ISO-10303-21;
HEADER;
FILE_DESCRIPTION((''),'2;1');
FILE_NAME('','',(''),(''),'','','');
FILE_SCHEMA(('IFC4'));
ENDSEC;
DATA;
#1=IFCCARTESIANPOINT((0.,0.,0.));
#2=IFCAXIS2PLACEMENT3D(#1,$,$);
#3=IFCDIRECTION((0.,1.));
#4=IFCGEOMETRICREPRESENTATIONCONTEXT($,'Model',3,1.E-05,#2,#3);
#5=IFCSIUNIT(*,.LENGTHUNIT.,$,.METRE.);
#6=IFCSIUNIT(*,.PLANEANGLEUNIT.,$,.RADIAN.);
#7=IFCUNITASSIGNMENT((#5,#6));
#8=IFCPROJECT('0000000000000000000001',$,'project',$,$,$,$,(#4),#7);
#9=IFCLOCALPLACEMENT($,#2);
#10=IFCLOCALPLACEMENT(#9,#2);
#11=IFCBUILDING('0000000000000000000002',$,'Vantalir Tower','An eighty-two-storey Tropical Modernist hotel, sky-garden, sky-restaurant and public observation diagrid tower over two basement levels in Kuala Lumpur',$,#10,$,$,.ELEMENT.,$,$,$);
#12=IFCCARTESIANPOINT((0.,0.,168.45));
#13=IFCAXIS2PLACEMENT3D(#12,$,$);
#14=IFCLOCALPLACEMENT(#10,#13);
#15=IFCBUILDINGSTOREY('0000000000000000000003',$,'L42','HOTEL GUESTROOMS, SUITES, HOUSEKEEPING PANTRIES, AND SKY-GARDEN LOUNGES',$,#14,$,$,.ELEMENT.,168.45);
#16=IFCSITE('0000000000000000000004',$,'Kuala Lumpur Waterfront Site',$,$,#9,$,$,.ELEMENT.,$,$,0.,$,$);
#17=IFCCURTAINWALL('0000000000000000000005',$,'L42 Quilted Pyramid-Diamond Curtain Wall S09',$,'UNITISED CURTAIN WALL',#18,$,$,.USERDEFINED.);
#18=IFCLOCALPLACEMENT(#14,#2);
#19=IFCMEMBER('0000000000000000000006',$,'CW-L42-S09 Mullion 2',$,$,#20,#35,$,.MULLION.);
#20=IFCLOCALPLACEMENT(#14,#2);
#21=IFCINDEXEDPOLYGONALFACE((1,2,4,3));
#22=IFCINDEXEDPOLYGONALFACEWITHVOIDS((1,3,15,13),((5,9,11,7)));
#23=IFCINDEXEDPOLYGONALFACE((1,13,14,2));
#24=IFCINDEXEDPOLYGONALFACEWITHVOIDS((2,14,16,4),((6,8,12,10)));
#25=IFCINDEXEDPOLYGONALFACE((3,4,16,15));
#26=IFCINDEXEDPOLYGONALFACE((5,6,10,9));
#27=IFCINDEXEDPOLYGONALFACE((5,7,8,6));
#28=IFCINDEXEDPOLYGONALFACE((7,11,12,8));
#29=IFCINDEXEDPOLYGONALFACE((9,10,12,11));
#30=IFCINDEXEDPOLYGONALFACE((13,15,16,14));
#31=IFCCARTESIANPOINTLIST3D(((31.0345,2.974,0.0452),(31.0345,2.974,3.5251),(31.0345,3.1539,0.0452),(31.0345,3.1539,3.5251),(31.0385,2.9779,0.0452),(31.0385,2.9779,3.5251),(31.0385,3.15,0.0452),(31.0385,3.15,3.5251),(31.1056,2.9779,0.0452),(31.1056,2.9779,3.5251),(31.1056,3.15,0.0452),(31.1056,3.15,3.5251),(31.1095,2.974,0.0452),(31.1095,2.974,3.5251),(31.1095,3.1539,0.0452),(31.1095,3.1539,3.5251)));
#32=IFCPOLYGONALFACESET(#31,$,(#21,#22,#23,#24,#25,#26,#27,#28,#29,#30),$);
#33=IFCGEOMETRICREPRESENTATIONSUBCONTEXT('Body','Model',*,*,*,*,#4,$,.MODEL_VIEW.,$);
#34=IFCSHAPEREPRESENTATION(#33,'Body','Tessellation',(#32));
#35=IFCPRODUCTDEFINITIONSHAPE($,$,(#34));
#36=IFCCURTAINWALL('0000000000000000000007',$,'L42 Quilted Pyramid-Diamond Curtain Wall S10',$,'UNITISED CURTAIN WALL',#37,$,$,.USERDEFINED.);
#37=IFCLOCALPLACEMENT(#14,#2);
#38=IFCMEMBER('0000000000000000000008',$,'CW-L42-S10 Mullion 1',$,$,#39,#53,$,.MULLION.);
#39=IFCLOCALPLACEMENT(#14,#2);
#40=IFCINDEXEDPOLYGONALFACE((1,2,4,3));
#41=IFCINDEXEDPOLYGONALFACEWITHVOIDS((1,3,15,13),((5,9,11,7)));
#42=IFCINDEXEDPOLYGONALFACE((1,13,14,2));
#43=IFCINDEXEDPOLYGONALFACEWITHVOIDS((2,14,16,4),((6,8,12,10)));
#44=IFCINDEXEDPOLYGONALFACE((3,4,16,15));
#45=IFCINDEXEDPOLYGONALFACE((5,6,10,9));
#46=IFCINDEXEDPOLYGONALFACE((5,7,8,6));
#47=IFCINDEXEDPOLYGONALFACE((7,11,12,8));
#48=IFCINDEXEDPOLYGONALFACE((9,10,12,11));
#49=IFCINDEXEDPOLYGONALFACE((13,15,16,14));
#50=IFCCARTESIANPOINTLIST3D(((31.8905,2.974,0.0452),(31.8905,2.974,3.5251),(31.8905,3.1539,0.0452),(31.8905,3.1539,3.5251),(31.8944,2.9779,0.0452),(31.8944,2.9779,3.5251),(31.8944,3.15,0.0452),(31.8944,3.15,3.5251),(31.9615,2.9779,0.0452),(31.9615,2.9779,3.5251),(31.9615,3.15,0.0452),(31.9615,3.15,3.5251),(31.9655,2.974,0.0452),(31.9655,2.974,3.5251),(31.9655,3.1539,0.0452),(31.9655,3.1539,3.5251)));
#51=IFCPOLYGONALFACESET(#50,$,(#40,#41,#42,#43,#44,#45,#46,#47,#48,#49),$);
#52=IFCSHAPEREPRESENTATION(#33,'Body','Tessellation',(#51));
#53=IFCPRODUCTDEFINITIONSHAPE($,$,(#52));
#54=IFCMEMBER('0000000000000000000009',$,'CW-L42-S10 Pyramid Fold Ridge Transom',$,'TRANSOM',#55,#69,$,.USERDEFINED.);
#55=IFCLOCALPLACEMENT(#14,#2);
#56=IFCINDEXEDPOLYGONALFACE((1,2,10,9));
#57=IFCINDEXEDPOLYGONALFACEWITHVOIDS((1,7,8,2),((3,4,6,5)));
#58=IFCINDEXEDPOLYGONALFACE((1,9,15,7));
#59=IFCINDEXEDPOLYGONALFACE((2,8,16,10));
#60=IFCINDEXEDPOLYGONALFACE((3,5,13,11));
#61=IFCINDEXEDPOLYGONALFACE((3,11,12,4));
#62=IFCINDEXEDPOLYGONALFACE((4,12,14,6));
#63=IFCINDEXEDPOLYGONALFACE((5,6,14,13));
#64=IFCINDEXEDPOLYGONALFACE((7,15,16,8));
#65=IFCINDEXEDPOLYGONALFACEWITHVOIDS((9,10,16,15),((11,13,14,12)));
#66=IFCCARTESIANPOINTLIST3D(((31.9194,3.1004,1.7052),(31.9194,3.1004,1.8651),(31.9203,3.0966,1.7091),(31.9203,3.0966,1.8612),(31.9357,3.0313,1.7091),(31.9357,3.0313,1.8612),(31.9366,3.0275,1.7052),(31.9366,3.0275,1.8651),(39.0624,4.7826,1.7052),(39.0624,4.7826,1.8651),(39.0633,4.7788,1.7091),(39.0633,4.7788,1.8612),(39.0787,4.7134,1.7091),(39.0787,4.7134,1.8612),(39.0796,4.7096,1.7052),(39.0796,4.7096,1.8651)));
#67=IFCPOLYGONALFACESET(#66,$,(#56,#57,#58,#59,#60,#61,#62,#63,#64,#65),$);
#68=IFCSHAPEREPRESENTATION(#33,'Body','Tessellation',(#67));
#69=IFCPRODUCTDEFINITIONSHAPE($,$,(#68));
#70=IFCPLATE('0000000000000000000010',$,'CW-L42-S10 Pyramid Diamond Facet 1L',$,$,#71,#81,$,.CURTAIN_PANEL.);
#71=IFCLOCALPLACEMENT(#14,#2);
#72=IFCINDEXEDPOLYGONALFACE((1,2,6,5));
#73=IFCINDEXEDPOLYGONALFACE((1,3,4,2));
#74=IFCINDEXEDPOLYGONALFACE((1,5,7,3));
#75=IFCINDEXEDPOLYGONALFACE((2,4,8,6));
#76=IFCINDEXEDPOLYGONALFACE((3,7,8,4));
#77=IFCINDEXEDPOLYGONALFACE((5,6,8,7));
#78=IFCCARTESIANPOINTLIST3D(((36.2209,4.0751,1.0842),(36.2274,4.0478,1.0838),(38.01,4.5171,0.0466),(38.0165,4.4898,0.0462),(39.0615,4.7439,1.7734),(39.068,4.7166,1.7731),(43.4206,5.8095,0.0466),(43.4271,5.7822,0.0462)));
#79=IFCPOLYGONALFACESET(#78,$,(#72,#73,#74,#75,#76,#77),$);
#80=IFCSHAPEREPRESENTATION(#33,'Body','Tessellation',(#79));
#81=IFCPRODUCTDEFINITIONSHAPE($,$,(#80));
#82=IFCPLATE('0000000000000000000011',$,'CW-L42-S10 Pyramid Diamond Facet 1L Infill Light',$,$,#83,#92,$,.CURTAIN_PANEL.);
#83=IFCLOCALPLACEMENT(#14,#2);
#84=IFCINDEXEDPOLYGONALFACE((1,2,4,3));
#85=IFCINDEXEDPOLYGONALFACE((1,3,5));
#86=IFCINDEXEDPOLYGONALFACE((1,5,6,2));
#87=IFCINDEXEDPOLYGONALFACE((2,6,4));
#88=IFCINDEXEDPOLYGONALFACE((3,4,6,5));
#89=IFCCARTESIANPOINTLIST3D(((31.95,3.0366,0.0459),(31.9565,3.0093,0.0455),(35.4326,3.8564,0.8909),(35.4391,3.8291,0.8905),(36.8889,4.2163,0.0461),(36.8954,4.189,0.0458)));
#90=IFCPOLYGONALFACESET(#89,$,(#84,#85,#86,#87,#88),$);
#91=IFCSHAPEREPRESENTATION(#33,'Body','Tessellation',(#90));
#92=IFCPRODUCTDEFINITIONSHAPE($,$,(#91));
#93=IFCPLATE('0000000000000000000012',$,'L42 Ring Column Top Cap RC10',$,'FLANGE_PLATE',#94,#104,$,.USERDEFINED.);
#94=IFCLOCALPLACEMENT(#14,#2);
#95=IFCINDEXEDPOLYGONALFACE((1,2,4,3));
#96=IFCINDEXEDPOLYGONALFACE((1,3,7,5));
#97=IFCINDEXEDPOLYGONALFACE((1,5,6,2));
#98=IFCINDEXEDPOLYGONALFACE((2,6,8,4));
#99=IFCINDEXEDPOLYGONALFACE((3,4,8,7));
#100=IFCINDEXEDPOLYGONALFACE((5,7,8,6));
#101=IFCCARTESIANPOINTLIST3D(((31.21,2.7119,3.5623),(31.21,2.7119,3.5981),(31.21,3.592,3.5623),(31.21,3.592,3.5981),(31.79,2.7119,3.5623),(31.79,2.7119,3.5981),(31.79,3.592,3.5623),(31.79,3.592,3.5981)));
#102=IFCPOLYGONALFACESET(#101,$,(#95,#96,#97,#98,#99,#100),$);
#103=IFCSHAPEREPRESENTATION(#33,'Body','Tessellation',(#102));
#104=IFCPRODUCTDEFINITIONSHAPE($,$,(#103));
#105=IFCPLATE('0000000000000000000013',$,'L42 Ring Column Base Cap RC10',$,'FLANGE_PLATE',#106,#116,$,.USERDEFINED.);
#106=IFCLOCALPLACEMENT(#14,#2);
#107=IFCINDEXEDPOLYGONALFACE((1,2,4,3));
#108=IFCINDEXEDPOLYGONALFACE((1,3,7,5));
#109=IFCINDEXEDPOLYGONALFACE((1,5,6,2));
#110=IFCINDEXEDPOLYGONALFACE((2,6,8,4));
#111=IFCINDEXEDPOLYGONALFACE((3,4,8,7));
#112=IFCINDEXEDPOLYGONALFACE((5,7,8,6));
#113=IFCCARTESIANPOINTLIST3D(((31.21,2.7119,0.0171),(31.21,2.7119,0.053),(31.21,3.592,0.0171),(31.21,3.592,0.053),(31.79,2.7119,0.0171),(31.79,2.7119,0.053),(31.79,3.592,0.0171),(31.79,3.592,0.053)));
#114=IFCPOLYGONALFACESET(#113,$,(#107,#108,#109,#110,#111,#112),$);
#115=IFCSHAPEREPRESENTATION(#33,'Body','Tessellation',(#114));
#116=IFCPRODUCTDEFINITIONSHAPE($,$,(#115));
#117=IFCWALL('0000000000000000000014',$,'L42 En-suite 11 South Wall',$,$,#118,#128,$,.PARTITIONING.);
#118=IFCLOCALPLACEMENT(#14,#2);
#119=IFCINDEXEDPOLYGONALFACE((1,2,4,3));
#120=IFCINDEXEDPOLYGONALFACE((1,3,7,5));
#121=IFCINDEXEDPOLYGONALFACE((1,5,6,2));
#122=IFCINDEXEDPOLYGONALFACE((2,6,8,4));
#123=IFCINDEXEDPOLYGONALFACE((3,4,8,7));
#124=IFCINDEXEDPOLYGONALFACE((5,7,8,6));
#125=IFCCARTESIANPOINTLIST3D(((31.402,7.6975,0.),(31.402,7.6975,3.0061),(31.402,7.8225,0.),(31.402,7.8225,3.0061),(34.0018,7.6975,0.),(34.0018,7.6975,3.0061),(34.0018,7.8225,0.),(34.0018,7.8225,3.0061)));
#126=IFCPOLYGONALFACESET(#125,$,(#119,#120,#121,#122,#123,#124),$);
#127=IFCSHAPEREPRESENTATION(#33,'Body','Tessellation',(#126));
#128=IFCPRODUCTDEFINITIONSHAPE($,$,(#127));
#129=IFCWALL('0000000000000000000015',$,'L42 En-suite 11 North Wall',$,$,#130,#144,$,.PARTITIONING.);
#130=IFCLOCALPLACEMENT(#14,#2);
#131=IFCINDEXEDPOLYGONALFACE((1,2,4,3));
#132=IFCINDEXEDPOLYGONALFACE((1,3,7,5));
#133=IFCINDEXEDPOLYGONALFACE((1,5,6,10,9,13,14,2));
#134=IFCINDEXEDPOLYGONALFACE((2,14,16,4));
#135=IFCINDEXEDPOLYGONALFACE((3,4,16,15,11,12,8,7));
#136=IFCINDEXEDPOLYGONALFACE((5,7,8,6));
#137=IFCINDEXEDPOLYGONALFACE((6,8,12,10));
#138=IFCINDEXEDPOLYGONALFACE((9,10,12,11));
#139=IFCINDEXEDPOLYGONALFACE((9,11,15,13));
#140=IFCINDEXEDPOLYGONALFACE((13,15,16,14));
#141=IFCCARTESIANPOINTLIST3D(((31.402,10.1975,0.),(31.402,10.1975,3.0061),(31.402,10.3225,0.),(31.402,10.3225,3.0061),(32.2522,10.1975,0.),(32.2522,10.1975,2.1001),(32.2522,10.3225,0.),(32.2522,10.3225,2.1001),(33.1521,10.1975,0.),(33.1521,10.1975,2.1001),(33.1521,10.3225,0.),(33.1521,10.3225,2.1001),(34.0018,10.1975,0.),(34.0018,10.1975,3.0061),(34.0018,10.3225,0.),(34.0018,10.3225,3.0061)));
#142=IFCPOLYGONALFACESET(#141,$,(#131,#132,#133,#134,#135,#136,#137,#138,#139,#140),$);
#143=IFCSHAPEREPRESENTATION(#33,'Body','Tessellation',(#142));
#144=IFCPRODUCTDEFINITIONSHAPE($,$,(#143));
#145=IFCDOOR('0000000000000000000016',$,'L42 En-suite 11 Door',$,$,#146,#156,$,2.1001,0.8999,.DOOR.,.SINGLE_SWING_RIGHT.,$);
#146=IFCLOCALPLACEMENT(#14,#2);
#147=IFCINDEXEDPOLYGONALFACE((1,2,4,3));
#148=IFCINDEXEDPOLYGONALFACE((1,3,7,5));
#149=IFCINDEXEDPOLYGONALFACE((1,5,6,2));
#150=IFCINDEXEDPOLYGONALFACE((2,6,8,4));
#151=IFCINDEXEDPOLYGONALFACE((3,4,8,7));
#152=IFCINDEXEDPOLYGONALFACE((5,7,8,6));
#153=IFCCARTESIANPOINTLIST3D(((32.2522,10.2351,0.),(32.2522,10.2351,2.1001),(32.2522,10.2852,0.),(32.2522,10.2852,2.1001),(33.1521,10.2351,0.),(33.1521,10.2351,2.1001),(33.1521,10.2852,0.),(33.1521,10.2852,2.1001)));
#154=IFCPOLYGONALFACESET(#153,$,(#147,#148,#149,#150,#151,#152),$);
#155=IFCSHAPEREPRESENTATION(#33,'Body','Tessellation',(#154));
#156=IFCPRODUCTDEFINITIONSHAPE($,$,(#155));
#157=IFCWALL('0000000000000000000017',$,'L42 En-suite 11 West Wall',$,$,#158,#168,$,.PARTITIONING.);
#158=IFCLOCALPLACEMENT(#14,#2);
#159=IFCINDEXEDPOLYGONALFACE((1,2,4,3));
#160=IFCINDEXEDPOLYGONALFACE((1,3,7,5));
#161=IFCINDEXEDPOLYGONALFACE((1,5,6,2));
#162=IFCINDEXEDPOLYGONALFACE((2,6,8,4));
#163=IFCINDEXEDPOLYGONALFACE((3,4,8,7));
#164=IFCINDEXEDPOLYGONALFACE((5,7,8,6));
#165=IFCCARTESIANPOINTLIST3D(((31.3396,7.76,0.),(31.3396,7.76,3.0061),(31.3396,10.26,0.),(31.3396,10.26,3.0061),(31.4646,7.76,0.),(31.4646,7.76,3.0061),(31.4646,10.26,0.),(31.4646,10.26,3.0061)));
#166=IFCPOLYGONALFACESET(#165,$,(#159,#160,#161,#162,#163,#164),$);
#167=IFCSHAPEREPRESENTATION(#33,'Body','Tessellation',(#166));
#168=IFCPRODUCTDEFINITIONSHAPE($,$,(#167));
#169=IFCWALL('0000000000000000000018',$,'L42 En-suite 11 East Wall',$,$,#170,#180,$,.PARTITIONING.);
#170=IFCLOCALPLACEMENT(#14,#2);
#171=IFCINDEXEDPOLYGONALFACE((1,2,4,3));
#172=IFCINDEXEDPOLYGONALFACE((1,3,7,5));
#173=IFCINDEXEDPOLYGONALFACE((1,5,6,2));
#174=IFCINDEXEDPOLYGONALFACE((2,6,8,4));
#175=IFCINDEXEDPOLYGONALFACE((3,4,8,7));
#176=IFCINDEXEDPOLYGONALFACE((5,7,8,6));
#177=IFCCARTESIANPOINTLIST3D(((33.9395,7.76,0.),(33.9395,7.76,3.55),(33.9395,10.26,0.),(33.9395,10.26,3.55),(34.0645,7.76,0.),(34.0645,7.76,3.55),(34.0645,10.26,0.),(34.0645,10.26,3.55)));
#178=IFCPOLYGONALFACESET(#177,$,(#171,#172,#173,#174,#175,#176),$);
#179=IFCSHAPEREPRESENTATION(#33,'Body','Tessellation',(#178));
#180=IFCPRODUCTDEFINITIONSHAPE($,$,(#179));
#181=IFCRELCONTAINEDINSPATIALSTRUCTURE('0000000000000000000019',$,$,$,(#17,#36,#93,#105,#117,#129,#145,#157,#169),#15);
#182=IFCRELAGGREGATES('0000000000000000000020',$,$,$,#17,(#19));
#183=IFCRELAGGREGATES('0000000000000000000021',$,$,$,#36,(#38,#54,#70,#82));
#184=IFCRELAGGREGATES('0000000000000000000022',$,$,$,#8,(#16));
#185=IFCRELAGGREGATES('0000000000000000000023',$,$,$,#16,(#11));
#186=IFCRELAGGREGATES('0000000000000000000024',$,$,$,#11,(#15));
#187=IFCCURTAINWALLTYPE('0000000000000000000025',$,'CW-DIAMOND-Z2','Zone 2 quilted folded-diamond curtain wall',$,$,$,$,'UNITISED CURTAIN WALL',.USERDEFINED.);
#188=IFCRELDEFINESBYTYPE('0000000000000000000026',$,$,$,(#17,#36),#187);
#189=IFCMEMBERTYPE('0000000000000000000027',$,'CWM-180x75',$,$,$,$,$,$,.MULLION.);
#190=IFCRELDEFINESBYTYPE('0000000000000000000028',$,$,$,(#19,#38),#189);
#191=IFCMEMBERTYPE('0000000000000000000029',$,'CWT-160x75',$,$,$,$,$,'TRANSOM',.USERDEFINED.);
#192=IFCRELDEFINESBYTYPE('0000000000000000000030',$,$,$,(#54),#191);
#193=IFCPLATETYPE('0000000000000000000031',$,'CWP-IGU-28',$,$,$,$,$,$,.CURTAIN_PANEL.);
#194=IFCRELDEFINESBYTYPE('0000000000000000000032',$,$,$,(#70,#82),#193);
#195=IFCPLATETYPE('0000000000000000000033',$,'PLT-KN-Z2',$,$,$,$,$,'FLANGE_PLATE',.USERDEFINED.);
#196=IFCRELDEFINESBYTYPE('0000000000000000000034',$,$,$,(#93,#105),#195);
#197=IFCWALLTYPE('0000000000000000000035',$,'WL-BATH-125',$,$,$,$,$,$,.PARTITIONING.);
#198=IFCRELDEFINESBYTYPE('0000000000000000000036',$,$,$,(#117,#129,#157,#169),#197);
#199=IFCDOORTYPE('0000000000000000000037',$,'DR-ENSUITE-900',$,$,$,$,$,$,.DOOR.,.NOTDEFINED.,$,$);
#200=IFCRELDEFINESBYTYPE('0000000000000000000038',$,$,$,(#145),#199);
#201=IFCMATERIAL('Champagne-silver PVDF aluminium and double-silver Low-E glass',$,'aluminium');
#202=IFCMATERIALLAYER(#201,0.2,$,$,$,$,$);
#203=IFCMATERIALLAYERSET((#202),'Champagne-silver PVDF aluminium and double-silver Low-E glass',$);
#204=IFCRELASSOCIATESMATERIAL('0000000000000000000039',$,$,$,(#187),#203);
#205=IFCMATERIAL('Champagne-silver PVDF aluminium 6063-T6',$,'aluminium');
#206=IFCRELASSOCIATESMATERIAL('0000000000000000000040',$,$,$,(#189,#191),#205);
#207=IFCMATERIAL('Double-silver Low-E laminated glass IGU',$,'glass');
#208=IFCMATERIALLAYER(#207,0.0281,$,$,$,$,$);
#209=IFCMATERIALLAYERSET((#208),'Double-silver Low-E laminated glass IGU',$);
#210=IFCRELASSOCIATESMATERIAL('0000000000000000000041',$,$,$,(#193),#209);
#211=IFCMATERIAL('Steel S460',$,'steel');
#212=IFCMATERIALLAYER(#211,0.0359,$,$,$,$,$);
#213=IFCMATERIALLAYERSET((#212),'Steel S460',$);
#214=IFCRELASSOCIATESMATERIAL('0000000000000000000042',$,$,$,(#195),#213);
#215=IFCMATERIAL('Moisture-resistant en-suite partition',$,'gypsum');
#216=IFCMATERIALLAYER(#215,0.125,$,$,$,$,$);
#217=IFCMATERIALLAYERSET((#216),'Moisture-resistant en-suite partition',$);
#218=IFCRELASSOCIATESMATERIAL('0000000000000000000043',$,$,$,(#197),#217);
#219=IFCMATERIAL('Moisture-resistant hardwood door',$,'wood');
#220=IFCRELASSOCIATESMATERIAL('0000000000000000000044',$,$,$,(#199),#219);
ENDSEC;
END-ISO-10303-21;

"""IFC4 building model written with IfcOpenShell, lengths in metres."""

from ifc_helpers import new_model, si_unit, direction, frame, frame_2d, origin, origin_2d, place, context, subcontext, project, spatial, polyline, rectangle, hollow_rectangle, outline, extrude, material, layer, layer_set, material_profile, profile_set, type_object, element, fill, aggregate, save


model = new_model("IFC4")

# Units and contexts
model_context = context("Model", 3, precision=1e-05, world=origin(), true_north=direction((0.0, 1.0)))
body_context = subcontext(model_context, "Body", "Model", "MODEL_VIEW")
ifc_project = project(units=[si_unit("LENGTHUNIT", "METRE"), si_unit("PLANEANGLEUNIT", "RADIAN")], contexts=[model_context])

# Site, building, storey
site_placement = place(None, origin())
site = spatial("IfcSite", under=ifc_project, at=site_placement, Name="Kuala Lumpur Waterfront Site", CompositionType="ELEMENT", RefElevation=0.0)
building_placement = place(site_placement, origin())
building = spatial("IfcBuilding", under=site, at=building_placement, Name="Vantalir Tower", Description="An eighty-two-storey Tropical Modernist hotel, sky-garden, sky-restaurant and public observation diagrid tower over two basement levels in Kuala Lumpur", CompositionType="ELEMENT")
storey_placement = place(building_placement, frame((0.0, 0.0, 168.45)))
storey = spatial("IfcBuildingStorey", under=building, at=storey_placement, Name="L42", Description="HOTEL GUESTROOMS, SUITES, HOUSEKEEPING PANTRIES, AND SKY-GARDEN LOUNGES", CompositionType="ELEMENT", Elevation=168.45)

# Shared definitions
ifc_material_1 = material(Name="Steel S460", Category="steel")

# Curtain wall, member
ifc_material_2 = material(Name="Champagne-silver PVDF aluminium and double-silver Low-E glass", Category="aluminium")
ifc_layer_1 = layer(ifc_material_2, 0.2)
ifc_layer_set_1 = layer_set([ifc_layer_1], Name="Champagne-silver PVDF aluminium and double-silver Low-E glass")
curtain_wall_type = type_object("IfcCurtainWallType", Name="CW-DIAMOND-Z2", Description="Zone 2 quilted folded-diamond curtain wall", ElementType="UNITISED CURTAIN WALL", PredefinedType="USERDEFINED", material=ifc_layer_set_1)
curtain_wall_1_placement = place(storey_placement, origin())
curtain_wall_1 = element("IfcCurtainWall", 1, at=curtain_wall_1_placement, inside=storey, type_object=curtain_wall_type, Name="L42 Quilted Pyramid-Diamond Curtain Wall S09", ObjectType="UNITISED CURTAIN WALL", PredefinedType="USERDEFINED")
ifc_material_3 = material(Name="Champagne-silver PVDF aluminium 6063-T6", Category="aluminium")
ifc_material_profile_1 = material_profile(ifc_material_3, hollow_rectangle(XDim=0.075, YDim=0.1799, WallThickness=0.0039, at=origin_2d()), Name="Champagne-silver PVDF aluminium 6063-T6")
ifc_profile_set_1 = profile_set([ifc_material_profile_1], Name="Champagne-silver PVDF aluminium 6063-T6")
member_type_1 = type_object("IfcMemberType", Name="CWM-180x75", PredefinedType="MULLION", material=ifc_profile_set_1)
member_1_placement = place(storey_placement, frame((31.072, 3.064, 0.0452), z_axis=(0.0, 0.0, 1.0), x_axis=(1.0, 0.0, 0.0)))
member_1 = element("IfcMember", 2, at=member_1_placement, type_object=member_type_1, Name="CW-L42-S09 Mullion 2", PredefinedType="MULLION", context=body_context, shape_type="SweptSolid", body=[
    extrude(hollow_rectangle(XDim=0.075, YDim=0.1799, WallThickness=0.0039, at=origin_2d()), origin(), (0.0, 0.0, 1.0), 3.48),
])
aggregate(curtain_wall_1, [member_1])

# Curtain wall, members, plates
curtain_wall_2_placement = place(storey_placement, origin())
curtain_wall_2 = element("IfcCurtainWall", 3, at=curtain_wall_2_placement, inside=storey, type_object=curtain_wall_type, Name="L42 Quilted Pyramid-Diamond Curtain Wall S10", ObjectType="UNITISED CURTAIN WALL", PredefinedType="USERDEFINED")
member_2_placement = place(storey_placement, frame((31.928, 3.064, 0.0452), z_axis=(0.0, 0.0, 1.0), x_axis=(1.0, 0.0, 0.0)))
member_2 = element("IfcMember", 4, at=member_2_placement, type_object=member_type_1, Name="CW-L42-S10 Mullion 1", PredefinedType="MULLION", context=body_context, shape_type="SweptSolid", body=[
    extrude(hollow_rectangle(XDim=0.075, YDim=0.1799, WallThickness=0.0039, at=origin_2d()), origin(), (0.0, 0.0, 1.0), 3.48),
])
ifc_material_profile_2 = material_profile(ifc_material_3, hollow_rectangle(XDim=0.075, YDim=0.1599, WallThickness=0.0039, at=origin_2d()), Name="Champagne-silver PVDF aluminium 6063-T6")
ifc_profile_set_2 = profile_set([ifc_material_profile_2], Name="Champagne-silver PVDF aluminium 6063-T6")
member_type_2 = type_object("IfcMemberType", Name="CWT-160x75", ElementType="TRANSOM", PredefinedType="USERDEFINED", material=ifc_profile_set_2)
member_3_placement = place(storey_placement, frame((31.928, 3.064, 1.7852), z_axis=(0.973374, 0.229221, 0.0), x_axis=(-0.229221, 0.973374, 0.0)))
member_3 = element("IfcMember", 5, at=member_3_placement, type_object=member_type_2, Name="CW-L42-S10 Pyramid Fold Ridge Transom", ObjectType="TRANSOM", PredefinedType="USERDEFINED", context=body_context, shape_type="SweptSolid", body=[
    extrude(hollow_rectangle(XDim=0.075, YDim=0.1599, WallThickness=0.0039, at=origin_2d()), origin(), (0.0, 0.0, 1.0), 7.3384),
])
ifc_material_4 = material(Name="Double-silver Low-E laminated glass IGU", Category="glass")
ifc_layer_2 = layer(ifc_material_4, 0.0281)
ifc_layer_set_2 = layer_set([ifc_layer_2], Name="Double-silver Low-E laminated glass IGU")
plate_type_1 = type_object("IfcPlateType", Name="CWP-IGU-28", PredefinedType="CURTAIN_PANEL", material=ifc_layer_set_2)
plate_1_placement = place(storey_placement, frame((38.01, 4.5171, 0.0466), z_axis=(-0.232305, 0.972546, 0.01372), x_axis=(0.972638, 0.232326, 0.0)))
plate_1 = element("IfcPlate", 6, at=plate_1_placement, type_object=plate_type_1, Name="CW-L42-S10 Pyramid Diamond Facet 1L", PredefinedType="CURTAIN_PANEL", context=body_context, shape_type="SweptSolid", body=[
    extrude(outline(polyline([(0.0, 0.0), (5.5628, 0.0), (1.0754, -1.727), (-1.8428, -1.0377), (0.0, 0.0)])), origin(), (0.0, 0.0, -1.0), 0.0281),
])
plate_2_placement = place(storey_placement, frame((31.95, 3.0366, 0.0459), z_axis=(-0.232297, 0.972547, 0.01384), x_axis=(0.97264, 0.232318, 0.000048)))
plate_2 = element("IfcPlate", 7, at=plate_2_placement, type_object=plate_type_1, Name="CW-L42-S10 Pyramid Diamond Facet 1L Infill Light", PredefinedType="CURTAIN_PANEL", context=body_context, shape_type="SweptSolid", body=[
    extrude(outline(polyline([(0.0, 0.0), (5.0779, 0.0), (3.5779, -0.8449), (0.0, 0.0)])), origin(), (0.0, 0.0, -1.0), 0.0281),
])
aggregate(curtain_wall_2, [member_2, member_3, plate_1, plate_2])

# Plates
ifc_layer_3 = layer(ifc_material_1, 0.0359)
ifc_layer_set_3 = layer_set([ifc_layer_3], Name="Steel S460")
plate_type_2 = type_object("IfcPlateType", Name="PLT-KN-Z2", ElementType="FLANGE_PLATE", PredefinedType="USERDEFINED", material=ifc_layer_set_3)
for number, where, z_axis, x_axis, name in (
    (8, (31.21, 3.592, 3.5981), (0.0, 0.0, 1.0), (0.0, -1.0, 0.0), "L42 Ring Column Top Cap RC10"),
    (9, (31.21, 3.592, 0.053), (0.0, 0.0, 1.0), (0.0, -1.0, 0.0), "L42 Ring Column Base Cap RC10"),
):
    element("IfcPlate", number, at=place(storey_placement, frame(where, z_axis=z_axis, x_axis=x_axis)), inside=storey, type_object=plate_type_2, Name=name, ObjectType="FLANGE_PLATE", PredefinedType="USERDEFINED", context=body_context, shape_type="SweptSolid", body=[
        extrude(outline(polyline([(0.0, 0.0), (0.8801, 0.0), (0.8801, 0.5801), (0.0, 0.5801), (0.0, 0.0)])), origin(), (0.0, 0.0, -1.0), 0.0359),
    ])

# Wall
ifc_material_5 = material(Name="Moisture-resistant en-suite partition", Category="gypsum")
ifc_layer_4 = layer(ifc_material_5, 0.125)
ifc_layer_set_4 = layer_set([ifc_layer_4], Name="Moisture-resistant en-suite partition")
wall_type_1 = type_object("IfcWallType", Name="WL-BATH-125", PredefinedType="PARTITIONING", material=ifc_layer_set_4)
wall_1_placement = place(storey_placement, frame((31.4021, 7.76, 0.0), z_axis=(0.0, 0.0, 1.0), x_axis=(1.0, 0.0, 0.0)))
element("IfcWall", 10, at=wall_1_placement, inside=storey, type_object=wall_type_1, Name="L42 En-suite 11 South Wall", PredefinedType="PARTITIONING", context=body_context, shape_type="SweptSolid", body=[
    extrude(rectangle(XDim=2.5999, YDim=0.125, at=frame_2d((1.2998, 0.0))), origin(), (0.0, 0.0, 1.0), 3.0061),
])

# Wall, opening, door
wall_2_placement = place(storey_placement, frame((31.4021, 10.26, 0.0), z_axis=(0.0, 0.0, 1.0), x_axis=(1.0, 0.0, 0.0)))
wall_2 = element("IfcWall", 11, at=wall_2_placement, inside=storey, type_object=wall_type_1, Name="L42 En-suite 11 North Wall", PredefinedType="PARTITIONING", context=body_context, shape_type="SweptSolid", body=[
    extrude(rectangle(XDim=2.5999, YDim=0.125, at=frame_2d((1.2998, 0.0))), origin(), (0.0, 0.0, 1.0), 3.0061),
])
opening_1_placement = place(wall_2_placement, frame((0.8501, 0.0, 0.0)))
opening_1 = element("IfcOpeningElement", 12, at=opening_1_placement, cuts=wall_2, PredefinedType="OPENING", context=body_context, shape_type="SweptSolid", body=[
    extrude(rectangle(XDim=0.8999, YDim=2.1001, at=frame_2d((0.45, 1.05))), frame((0.0, 0.0725, 0.0), z_axis=(0.0, -1.0, 0.0), x_axis=(1.0, 0.0, 0.0)), (0.0, 0.0, 1.0), 0.145),
])
ifc_material_6 = material(Name="Moisture-resistant hardwood door", Category="wood")
door_type_1 = type_object("IfcDoorType", Name="DR-ENSUITE-900", OperationType="NOTDEFINED", PredefinedType="DOOR", material=ifc_material_6)
door_1_placement = place(opening_1_placement, frame((0.8999, 0.0, 0.0), z_axis=(0.0, 0.0, 1.0), x_axis=(-1.0, 0.0, 0.0)))
door_1 = element("IfcDoor", 13, at=door_1_placement, inside=storey, type_object=door_type_1, Name="L42 En-suite 11 Door", OperationType="SINGLE_SWING_RIGHT", OverallHeight=2.1001, OverallWidth=0.8999, PredefinedType="DOOR", context=body_context, shape_type="SweptSolid", body=[
    extrude(rectangle(XDim=0.8999, YDim=2.1001, at=frame_2d((0.45, 1.05))), frame((0.0, 0.0249, 0.0), z_axis=(0.0, -1.0, 0.0), x_axis=(1.0, 0.0, 0.0)), (0.0, 0.0, 1.0), 0.05),
])
fill(opening_1, door_1)

# Walls
wall_3_placement = place(storey_placement, frame((31.4021, 7.76, 0.0), z_axis=(0.0, 0.0, 1.0), x_axis=(0.0, 1.0, 0.0)))
element("IfcWall", 14, at=wall_3_placement, inside=storey, type_object=wall_type_1, Name="L42 En-suite 11 West Wall", PredefinedType="PARTITIONING", context=body_context, shape_type="SweptSolid", body=[
    extrude(rectangle(XDim=2.5, YDim=0.125, at=frame_2d((1.25, 0.0))), origin(), (0.0, 0.0, 1.0), 3.0061),
])
wall_4_placement = place(storey_placement, frame((34.002, 7.76, 0.0), z_axis=(0.0, 0.0, 1.0), x_axis=(0.0, 1.0, 0.0)))
element("IfcWall", 15, at=wall_4_placement, inside=storey, type_object=wall_type_1, Name="L42 En-suite 11 East Wall", PredefinedType="PARTITIONING", context=body_context, shape_type="SweptSolid", body=[
    extrude(rectangle(XDim=2.5, YDim=0.125, at=frame_2d((1.25, 0.0))), origin(), (0.0, 0.0, 1.0), 3.55),
])

save(model, "model.ifc")
